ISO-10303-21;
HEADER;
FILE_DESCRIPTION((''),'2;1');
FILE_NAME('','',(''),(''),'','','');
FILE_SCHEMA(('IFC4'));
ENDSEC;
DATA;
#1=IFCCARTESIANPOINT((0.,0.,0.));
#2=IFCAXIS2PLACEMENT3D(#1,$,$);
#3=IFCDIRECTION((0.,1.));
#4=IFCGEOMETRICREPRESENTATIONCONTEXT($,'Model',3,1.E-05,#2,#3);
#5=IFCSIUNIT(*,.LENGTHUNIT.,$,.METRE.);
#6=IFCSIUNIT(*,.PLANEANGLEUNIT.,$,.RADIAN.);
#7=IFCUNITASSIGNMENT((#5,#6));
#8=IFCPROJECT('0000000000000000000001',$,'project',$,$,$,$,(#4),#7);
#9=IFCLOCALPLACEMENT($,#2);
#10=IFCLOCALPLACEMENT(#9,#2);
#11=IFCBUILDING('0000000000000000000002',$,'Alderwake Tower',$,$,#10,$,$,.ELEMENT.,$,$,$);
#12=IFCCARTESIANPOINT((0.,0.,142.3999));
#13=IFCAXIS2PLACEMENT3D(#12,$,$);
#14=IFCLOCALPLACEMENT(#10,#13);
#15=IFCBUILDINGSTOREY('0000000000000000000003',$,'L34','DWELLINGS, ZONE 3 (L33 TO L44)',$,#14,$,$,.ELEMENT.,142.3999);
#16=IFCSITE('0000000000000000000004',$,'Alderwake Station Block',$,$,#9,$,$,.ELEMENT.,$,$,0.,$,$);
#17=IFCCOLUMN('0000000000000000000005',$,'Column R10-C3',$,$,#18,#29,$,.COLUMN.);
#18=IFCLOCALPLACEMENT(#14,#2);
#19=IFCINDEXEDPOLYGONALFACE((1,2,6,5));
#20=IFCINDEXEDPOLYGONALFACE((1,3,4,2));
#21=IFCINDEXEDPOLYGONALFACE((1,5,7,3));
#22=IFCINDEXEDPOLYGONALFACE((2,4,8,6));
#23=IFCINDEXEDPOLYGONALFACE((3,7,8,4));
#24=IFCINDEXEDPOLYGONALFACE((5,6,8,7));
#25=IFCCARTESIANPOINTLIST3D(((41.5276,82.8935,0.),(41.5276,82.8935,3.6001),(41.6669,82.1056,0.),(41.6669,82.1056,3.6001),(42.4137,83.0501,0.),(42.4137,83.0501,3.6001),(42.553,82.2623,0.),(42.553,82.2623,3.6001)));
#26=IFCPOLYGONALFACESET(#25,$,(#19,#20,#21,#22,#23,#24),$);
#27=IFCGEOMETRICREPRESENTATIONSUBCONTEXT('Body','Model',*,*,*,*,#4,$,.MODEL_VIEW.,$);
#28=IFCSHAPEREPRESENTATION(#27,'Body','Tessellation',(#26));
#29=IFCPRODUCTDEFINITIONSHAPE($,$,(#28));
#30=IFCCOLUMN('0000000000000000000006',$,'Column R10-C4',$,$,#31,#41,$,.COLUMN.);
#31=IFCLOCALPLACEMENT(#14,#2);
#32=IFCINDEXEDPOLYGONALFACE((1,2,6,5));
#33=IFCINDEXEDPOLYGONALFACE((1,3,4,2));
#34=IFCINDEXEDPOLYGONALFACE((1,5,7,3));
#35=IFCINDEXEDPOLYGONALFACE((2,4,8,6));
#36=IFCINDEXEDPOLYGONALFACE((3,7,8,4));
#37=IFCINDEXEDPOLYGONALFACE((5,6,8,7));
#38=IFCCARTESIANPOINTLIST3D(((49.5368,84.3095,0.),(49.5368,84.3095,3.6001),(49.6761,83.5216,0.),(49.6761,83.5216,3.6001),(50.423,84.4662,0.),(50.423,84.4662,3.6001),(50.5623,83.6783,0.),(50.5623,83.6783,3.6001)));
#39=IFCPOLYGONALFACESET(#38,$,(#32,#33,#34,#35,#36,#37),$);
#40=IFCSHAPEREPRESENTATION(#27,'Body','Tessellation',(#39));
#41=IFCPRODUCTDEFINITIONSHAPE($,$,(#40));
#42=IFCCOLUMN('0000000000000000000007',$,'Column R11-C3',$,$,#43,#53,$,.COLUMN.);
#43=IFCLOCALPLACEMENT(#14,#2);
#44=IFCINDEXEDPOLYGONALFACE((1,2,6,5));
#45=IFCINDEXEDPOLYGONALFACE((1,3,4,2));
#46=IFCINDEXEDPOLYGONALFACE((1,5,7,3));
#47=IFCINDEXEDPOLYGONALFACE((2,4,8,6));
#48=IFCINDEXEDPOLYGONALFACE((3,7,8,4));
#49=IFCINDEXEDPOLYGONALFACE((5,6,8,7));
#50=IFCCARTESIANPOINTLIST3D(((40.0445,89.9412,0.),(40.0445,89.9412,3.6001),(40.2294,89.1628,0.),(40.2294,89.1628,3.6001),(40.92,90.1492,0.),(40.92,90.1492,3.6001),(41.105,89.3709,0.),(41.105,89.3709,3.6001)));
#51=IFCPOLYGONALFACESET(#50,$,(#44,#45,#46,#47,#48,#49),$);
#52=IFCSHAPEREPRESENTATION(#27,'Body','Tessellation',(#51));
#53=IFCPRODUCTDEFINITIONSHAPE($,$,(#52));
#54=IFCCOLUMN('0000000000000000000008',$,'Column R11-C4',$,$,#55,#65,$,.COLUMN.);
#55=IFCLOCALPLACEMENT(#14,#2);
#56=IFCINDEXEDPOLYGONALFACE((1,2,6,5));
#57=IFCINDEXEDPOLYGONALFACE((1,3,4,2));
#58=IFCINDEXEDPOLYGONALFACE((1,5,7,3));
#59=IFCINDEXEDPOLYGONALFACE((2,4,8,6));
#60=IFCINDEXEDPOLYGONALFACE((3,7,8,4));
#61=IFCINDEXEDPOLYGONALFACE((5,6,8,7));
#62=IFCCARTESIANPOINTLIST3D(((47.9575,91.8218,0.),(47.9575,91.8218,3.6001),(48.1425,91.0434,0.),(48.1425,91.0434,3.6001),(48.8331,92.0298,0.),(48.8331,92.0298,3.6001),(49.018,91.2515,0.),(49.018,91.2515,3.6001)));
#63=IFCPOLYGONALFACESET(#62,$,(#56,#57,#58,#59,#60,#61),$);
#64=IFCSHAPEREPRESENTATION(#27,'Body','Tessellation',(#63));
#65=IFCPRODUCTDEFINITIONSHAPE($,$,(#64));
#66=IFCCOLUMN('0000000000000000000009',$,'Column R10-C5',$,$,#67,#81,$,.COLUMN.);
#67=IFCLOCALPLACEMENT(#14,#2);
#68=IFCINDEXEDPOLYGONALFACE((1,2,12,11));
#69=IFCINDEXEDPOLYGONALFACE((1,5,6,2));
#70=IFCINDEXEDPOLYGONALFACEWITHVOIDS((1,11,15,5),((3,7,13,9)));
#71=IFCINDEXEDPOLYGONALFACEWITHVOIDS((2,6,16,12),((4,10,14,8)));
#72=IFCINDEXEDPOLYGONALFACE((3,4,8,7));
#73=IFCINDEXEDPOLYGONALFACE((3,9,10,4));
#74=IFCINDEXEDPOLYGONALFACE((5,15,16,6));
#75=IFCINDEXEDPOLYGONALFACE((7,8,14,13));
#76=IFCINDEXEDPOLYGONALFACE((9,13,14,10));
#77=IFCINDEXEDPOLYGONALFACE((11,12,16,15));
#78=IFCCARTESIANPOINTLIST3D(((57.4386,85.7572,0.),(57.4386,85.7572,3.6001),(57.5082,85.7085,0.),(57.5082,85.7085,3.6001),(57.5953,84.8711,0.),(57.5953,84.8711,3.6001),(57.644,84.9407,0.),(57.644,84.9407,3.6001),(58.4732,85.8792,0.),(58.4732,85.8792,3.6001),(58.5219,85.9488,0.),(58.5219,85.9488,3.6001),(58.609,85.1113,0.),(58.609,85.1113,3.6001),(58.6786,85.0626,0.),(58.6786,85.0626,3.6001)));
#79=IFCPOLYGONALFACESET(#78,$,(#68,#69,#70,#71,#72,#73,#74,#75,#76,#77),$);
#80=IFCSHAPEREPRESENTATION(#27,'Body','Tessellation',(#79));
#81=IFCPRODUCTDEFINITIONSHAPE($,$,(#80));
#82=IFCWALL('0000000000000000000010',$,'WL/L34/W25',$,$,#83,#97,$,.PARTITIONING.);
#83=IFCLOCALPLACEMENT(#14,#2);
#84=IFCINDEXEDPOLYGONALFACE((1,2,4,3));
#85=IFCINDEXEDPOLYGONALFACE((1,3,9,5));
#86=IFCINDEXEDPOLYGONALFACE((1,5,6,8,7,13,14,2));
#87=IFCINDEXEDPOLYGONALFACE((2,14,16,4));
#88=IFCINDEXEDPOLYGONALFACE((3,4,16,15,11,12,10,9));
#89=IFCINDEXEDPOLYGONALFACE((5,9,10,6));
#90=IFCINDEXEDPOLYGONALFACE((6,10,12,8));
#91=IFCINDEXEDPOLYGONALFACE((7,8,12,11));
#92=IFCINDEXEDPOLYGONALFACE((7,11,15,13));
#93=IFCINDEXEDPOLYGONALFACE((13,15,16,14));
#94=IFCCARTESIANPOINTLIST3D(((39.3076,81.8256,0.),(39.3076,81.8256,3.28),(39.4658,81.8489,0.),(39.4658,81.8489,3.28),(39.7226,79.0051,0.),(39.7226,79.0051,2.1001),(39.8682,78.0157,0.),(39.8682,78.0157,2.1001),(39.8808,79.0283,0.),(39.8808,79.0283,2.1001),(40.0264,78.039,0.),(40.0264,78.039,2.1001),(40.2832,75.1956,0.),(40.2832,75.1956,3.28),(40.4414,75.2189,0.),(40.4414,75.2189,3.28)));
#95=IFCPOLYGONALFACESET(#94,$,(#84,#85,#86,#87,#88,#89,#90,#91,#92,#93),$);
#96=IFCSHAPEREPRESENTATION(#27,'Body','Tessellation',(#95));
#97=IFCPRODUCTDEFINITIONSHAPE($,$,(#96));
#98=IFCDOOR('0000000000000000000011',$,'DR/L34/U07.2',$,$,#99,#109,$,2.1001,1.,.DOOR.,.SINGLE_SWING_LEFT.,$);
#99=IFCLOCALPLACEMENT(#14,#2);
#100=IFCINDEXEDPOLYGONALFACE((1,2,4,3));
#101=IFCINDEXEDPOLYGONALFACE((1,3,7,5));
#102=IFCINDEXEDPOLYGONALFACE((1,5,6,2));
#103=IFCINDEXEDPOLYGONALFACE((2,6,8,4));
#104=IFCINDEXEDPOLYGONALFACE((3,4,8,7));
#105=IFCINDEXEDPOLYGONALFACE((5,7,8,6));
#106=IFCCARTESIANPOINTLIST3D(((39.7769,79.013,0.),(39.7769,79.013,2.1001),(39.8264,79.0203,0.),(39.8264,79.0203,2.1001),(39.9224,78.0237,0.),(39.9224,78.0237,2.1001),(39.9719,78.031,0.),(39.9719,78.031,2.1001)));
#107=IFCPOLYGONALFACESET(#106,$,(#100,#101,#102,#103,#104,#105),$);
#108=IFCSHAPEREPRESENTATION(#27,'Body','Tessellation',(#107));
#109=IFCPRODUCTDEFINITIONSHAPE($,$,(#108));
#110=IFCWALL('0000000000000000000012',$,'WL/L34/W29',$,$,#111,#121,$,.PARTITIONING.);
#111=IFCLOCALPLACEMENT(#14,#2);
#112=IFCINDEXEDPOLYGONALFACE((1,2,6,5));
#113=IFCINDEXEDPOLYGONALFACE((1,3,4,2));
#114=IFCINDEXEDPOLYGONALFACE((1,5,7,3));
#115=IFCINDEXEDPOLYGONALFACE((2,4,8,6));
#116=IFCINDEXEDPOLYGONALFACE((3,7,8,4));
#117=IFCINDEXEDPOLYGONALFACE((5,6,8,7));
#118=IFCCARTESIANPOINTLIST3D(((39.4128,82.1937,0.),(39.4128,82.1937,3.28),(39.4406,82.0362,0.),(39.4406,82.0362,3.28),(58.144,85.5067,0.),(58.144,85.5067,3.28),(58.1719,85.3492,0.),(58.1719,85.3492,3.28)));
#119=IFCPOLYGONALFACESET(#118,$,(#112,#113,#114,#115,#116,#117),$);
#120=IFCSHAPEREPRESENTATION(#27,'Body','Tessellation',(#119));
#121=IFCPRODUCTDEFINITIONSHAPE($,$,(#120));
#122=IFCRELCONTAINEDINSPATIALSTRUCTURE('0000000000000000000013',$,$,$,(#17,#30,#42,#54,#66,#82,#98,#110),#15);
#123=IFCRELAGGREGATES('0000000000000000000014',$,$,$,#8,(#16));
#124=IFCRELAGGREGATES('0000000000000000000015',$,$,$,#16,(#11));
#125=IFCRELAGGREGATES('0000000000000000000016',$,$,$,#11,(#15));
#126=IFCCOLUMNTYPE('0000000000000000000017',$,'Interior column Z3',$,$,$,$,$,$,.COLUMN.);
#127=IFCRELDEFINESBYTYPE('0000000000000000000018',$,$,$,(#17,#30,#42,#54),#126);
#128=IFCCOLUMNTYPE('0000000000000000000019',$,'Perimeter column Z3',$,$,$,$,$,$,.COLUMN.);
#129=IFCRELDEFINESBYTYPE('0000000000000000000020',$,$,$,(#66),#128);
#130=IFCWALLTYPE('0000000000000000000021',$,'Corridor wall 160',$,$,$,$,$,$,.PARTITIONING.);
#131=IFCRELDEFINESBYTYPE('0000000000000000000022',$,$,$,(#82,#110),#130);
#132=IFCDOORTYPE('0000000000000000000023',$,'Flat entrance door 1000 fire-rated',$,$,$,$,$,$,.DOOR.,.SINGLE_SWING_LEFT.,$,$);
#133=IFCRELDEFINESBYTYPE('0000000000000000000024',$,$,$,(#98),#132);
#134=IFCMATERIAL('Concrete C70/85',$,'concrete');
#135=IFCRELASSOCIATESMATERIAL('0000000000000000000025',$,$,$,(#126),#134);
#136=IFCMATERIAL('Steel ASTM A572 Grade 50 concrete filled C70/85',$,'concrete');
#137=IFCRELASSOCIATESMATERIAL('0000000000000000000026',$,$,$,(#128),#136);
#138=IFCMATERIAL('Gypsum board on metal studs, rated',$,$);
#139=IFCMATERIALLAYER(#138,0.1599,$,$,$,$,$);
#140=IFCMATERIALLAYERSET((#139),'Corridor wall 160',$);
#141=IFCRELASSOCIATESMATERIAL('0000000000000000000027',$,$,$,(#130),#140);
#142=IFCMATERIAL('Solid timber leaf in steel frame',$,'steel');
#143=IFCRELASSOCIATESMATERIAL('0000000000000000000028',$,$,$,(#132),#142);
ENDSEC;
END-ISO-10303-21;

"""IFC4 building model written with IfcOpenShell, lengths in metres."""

from ifc_helpers import new_model, si_unit, direction, frame, frame_2d, origin, origin_2d, place, context, subcontext, project, spatial, rectangle, hollow_rectangle, extrude, material, layer, layer_set, material_profile, profile_set, type_object, element, fill, save


model = new_model("IFC4")

# Units and contexts
model_context = context("Model", 3, precision=1e-05, world=origin(), true_north=direction((0.0, 1.0)))
body_context = subcontext(model_context, "Body", "Model", "MODEL_VIEW")
ifc_project = project(units=[si_unit("LENGTHUNIT", "METRE"), si_unit("PLANEANGLEUNIT", "RADIAN")], contexts=[model_context])

# Site, building, storey
site_placement = place(None, origin())
site = spatial("IfcSite", under=ifc_project, at=site_placement, Name="Alderwake Station Block", CompositionType="ELEMENT", RefElevation=0.0)
building_placement = place(site_placement, origin())
building = spatial("IfcBuilding", under=site, at=building_placement, Name="Alderwake Tower", CompositionType="ELEMENT")
storey_placement = place(building_placement, frame((0.0, 0.0, 142.3999)))
storey = spatial("IfcBuildingStorey", under=building, at=storey_placement, Name="L34", Description="DWELLINGS, ZONE 3 (L33 TO L44)", CompositionType="ELEMENT", Elevation=142.3999)

# Columns
ifc_material_1 = material(Name="Concrete C70/85", Category="concrete")
ifc_material_profile_1 = material_profile(ifc_material_1, rectangle(XDim=0.8, YDim=0.8999, at=origin_2d()), Name="RC 900X800")
ifc_profile_set_1 = profile_set([ifc_material_profile_1], Name="Concrete C70/85")
column_type_1 = type_object("IfcColumnType", Name="Interior column Z3", PredefinedType="COLUMN", material=ifc_profile_set_1)
for number, where, z_axis, x_axis, name in (
    (1, (42.0403, 82.5779, 0.0), (0.0, 0.0, 1.0), (-0.174109, 0.984726, 0.0), "Column R10-C3"),
    (2, (50.0496, 83.9939, 0.0), (0.0, 0.0, 1.0), (-0.174109, 0.984726, 0.0), "Column R10-C4"),
    (3, (40.5747, 89.656, 0.0), (0.0, 0.0, 1.0), (-0.231222, 0.972901, 0.0), "Column R11-C3"),
    (4, (48.4878, 91.5366, 0.0), (0.0, 0.0, 1.0), (-0.231222, 0.972901, 0.0), "Column R11-C4"),
):
    element("IfcColumn", number, at=place(storey_placement, frame(where, z_axis=z_axis, x_axis=x_axis)), inside=storey, type_object=column_type_1, Name=name, PredefinedType="COLUMN", context=body_context, shape_type="SweptSolid", body=[
        extrude(rectangle(XDim=0.8, YDim=0.8999, at=origin_2d()), origin(), (0.0, 0.0, 1.0), 3.6001),
    ])
ifc_material_2 = material(Name="Steel ASTM A572 Grade 50 concrete filled C70/85", Category="concrete")
ifc_material_profile_2 = material_profile(ifc_material_2, hollow_rectangle(XDim=0.8999, YDim=1.1001, WallThickness=0.0601, at=origin_2d()), Name="BOX 1100X900X60")
ifc_profile_set_2 = profile_set([ifc_material_profile_2], Name="Steel ASTM A572 Grade 50 concrete filled C70/85")
column_type_2 = type_object("IfcColumnType", Name="Perimeter column Z3", PredefinedType="COLUMN", material=ifc_profile_set_2)
column_placement = place(storey_placement, frame((58.0586, 85.4099, 0.0), z_axis=(0.0, 0.0, 1.0), x_axis=(-0.174109, 0.984726, 0.0)))
element("IfcColumn", 5, at=column_placement, inside=storey, type_object=column_type_2, Name="Column R10-C5", PredefinedType="COLUMN", context=body_context, shape_type="SweptSolid", body=[
    extrude(hollow_rectangle(XDim=0.8999, YDim=1.1001, WallThickness=0.0601, at=origin_2d()), origin(), (0.0, 0.0, 1.0), 3.6001),
])

# Wall, opening, door
ifc_material_3 = material(Name="Gypsum board on metal studs, rated")
ifc_layer_1 = layer(ifc_material_3, 0.1599)
ifc_layer_set_1 = layer_set([ifc_layer_1], Name="Corridor wall 160")
wall_type_1 = type_object("IfcWallType", Name="Corridor wall 160", PredefinedType="PARTITIONING", material=ifc_layer_set_1)
wall_1_placement = place(storey_placement, frame((39.3867, 81.8372, 0.0), z_axis=(0.0, 0.0, 1.0), x_axis=(0.145577, -0.989347, 0.0)))
wall_1 = element("IfcWall", 6, at=wall_1_placement, inside=storey, type_object=wall_type_1, Name="WL/L34/W25", PredefinedType="PARTITIONING", context=body_context, shape_type="SweptSolid", body=[
    extrude(rectangle(XDim=6.7014, YDim=0.1599, at=frame_2d((3.3506, 0.0))), origin(), (0.0, 0.0, 1.0), 3.28),
])
opening_1_placement = place(wall_1_placement, frame((2.8508, 0.0, 0.0)))
opening_1 = element("IfcOpeningElement", 7, at=opening_1_placement, cuts=wall_1, PredefinedType="OPENING", context=body_context, shape_type="SweptSolid", body=[
    extrude(rectangle(XDim=1.0, YDim=2.1001, at=frame_2d((0.5, 1.05))), frame((0.0, 0.0898, 0.0), z_axis=(0.0, -1.0, 0.0), x_axis=(1.0, 0.0, 0.0)), (0.0, 0.0, 1.0), 0.1799),
])
ifc_material_4 = material(Name="Solid timber leaf in steel frame", Category="steel")
door_type_1 = type_object("IfcDoorType", Name="Flat entrance door 1000 fire-rated", OperationType="SINGLE_SWING_LEFT", PredefinedType="DOOR", material=ifc_material_4)
door_1_placement = place(opening_1_placement, origin())
door_1 = element("IfcDoor", 8, at=door_1_placement, inside=storey, type_object=door_type_1, Name="DR/L34/U07.2", OperationType="SINGLE_SWING_LEFT", OverallHeight=2.1001, OverallWidth=1.0, PredefinedType="DOOR", context=body_context, shape_type="SweptSolid", body=[
    extrude(rectangle(XDim=1.0, YDim=2.1001, at=frame_2d((0.5, 1.05))), frame((0.0, 0.0249, 0.0), z_axis=(0.0, -1.0, 0.0), x_axis=(1.0, 0.0, 0.0)), (0.0, 0.0, 1.0), 0.05),
])
fill(opening_1, door_1)

# Wall
wall_2_placement = place(storey_placement, frame((58.158, 85.428, 0.0), z_axis=(0.0, 0.0, 1.0), x_axis=(-0.984716, -0.174167, 0.0)))
element("IfcWall", 9, at=wall_2_placement, inside=storey, type_object=wall_type_1, Name="WL/L34/W29", PredefinedType="PARTITIONING", context=body_context, shape_type="SweptSolid", body=[
    extrude(rectangle(XDim=19.022, YDim=0.1599, at=frame_2d((9.511, 0.0))), origin(), (0.0, 0.0, 1.0), 3.28),
])

save(model, "model.ifc")
